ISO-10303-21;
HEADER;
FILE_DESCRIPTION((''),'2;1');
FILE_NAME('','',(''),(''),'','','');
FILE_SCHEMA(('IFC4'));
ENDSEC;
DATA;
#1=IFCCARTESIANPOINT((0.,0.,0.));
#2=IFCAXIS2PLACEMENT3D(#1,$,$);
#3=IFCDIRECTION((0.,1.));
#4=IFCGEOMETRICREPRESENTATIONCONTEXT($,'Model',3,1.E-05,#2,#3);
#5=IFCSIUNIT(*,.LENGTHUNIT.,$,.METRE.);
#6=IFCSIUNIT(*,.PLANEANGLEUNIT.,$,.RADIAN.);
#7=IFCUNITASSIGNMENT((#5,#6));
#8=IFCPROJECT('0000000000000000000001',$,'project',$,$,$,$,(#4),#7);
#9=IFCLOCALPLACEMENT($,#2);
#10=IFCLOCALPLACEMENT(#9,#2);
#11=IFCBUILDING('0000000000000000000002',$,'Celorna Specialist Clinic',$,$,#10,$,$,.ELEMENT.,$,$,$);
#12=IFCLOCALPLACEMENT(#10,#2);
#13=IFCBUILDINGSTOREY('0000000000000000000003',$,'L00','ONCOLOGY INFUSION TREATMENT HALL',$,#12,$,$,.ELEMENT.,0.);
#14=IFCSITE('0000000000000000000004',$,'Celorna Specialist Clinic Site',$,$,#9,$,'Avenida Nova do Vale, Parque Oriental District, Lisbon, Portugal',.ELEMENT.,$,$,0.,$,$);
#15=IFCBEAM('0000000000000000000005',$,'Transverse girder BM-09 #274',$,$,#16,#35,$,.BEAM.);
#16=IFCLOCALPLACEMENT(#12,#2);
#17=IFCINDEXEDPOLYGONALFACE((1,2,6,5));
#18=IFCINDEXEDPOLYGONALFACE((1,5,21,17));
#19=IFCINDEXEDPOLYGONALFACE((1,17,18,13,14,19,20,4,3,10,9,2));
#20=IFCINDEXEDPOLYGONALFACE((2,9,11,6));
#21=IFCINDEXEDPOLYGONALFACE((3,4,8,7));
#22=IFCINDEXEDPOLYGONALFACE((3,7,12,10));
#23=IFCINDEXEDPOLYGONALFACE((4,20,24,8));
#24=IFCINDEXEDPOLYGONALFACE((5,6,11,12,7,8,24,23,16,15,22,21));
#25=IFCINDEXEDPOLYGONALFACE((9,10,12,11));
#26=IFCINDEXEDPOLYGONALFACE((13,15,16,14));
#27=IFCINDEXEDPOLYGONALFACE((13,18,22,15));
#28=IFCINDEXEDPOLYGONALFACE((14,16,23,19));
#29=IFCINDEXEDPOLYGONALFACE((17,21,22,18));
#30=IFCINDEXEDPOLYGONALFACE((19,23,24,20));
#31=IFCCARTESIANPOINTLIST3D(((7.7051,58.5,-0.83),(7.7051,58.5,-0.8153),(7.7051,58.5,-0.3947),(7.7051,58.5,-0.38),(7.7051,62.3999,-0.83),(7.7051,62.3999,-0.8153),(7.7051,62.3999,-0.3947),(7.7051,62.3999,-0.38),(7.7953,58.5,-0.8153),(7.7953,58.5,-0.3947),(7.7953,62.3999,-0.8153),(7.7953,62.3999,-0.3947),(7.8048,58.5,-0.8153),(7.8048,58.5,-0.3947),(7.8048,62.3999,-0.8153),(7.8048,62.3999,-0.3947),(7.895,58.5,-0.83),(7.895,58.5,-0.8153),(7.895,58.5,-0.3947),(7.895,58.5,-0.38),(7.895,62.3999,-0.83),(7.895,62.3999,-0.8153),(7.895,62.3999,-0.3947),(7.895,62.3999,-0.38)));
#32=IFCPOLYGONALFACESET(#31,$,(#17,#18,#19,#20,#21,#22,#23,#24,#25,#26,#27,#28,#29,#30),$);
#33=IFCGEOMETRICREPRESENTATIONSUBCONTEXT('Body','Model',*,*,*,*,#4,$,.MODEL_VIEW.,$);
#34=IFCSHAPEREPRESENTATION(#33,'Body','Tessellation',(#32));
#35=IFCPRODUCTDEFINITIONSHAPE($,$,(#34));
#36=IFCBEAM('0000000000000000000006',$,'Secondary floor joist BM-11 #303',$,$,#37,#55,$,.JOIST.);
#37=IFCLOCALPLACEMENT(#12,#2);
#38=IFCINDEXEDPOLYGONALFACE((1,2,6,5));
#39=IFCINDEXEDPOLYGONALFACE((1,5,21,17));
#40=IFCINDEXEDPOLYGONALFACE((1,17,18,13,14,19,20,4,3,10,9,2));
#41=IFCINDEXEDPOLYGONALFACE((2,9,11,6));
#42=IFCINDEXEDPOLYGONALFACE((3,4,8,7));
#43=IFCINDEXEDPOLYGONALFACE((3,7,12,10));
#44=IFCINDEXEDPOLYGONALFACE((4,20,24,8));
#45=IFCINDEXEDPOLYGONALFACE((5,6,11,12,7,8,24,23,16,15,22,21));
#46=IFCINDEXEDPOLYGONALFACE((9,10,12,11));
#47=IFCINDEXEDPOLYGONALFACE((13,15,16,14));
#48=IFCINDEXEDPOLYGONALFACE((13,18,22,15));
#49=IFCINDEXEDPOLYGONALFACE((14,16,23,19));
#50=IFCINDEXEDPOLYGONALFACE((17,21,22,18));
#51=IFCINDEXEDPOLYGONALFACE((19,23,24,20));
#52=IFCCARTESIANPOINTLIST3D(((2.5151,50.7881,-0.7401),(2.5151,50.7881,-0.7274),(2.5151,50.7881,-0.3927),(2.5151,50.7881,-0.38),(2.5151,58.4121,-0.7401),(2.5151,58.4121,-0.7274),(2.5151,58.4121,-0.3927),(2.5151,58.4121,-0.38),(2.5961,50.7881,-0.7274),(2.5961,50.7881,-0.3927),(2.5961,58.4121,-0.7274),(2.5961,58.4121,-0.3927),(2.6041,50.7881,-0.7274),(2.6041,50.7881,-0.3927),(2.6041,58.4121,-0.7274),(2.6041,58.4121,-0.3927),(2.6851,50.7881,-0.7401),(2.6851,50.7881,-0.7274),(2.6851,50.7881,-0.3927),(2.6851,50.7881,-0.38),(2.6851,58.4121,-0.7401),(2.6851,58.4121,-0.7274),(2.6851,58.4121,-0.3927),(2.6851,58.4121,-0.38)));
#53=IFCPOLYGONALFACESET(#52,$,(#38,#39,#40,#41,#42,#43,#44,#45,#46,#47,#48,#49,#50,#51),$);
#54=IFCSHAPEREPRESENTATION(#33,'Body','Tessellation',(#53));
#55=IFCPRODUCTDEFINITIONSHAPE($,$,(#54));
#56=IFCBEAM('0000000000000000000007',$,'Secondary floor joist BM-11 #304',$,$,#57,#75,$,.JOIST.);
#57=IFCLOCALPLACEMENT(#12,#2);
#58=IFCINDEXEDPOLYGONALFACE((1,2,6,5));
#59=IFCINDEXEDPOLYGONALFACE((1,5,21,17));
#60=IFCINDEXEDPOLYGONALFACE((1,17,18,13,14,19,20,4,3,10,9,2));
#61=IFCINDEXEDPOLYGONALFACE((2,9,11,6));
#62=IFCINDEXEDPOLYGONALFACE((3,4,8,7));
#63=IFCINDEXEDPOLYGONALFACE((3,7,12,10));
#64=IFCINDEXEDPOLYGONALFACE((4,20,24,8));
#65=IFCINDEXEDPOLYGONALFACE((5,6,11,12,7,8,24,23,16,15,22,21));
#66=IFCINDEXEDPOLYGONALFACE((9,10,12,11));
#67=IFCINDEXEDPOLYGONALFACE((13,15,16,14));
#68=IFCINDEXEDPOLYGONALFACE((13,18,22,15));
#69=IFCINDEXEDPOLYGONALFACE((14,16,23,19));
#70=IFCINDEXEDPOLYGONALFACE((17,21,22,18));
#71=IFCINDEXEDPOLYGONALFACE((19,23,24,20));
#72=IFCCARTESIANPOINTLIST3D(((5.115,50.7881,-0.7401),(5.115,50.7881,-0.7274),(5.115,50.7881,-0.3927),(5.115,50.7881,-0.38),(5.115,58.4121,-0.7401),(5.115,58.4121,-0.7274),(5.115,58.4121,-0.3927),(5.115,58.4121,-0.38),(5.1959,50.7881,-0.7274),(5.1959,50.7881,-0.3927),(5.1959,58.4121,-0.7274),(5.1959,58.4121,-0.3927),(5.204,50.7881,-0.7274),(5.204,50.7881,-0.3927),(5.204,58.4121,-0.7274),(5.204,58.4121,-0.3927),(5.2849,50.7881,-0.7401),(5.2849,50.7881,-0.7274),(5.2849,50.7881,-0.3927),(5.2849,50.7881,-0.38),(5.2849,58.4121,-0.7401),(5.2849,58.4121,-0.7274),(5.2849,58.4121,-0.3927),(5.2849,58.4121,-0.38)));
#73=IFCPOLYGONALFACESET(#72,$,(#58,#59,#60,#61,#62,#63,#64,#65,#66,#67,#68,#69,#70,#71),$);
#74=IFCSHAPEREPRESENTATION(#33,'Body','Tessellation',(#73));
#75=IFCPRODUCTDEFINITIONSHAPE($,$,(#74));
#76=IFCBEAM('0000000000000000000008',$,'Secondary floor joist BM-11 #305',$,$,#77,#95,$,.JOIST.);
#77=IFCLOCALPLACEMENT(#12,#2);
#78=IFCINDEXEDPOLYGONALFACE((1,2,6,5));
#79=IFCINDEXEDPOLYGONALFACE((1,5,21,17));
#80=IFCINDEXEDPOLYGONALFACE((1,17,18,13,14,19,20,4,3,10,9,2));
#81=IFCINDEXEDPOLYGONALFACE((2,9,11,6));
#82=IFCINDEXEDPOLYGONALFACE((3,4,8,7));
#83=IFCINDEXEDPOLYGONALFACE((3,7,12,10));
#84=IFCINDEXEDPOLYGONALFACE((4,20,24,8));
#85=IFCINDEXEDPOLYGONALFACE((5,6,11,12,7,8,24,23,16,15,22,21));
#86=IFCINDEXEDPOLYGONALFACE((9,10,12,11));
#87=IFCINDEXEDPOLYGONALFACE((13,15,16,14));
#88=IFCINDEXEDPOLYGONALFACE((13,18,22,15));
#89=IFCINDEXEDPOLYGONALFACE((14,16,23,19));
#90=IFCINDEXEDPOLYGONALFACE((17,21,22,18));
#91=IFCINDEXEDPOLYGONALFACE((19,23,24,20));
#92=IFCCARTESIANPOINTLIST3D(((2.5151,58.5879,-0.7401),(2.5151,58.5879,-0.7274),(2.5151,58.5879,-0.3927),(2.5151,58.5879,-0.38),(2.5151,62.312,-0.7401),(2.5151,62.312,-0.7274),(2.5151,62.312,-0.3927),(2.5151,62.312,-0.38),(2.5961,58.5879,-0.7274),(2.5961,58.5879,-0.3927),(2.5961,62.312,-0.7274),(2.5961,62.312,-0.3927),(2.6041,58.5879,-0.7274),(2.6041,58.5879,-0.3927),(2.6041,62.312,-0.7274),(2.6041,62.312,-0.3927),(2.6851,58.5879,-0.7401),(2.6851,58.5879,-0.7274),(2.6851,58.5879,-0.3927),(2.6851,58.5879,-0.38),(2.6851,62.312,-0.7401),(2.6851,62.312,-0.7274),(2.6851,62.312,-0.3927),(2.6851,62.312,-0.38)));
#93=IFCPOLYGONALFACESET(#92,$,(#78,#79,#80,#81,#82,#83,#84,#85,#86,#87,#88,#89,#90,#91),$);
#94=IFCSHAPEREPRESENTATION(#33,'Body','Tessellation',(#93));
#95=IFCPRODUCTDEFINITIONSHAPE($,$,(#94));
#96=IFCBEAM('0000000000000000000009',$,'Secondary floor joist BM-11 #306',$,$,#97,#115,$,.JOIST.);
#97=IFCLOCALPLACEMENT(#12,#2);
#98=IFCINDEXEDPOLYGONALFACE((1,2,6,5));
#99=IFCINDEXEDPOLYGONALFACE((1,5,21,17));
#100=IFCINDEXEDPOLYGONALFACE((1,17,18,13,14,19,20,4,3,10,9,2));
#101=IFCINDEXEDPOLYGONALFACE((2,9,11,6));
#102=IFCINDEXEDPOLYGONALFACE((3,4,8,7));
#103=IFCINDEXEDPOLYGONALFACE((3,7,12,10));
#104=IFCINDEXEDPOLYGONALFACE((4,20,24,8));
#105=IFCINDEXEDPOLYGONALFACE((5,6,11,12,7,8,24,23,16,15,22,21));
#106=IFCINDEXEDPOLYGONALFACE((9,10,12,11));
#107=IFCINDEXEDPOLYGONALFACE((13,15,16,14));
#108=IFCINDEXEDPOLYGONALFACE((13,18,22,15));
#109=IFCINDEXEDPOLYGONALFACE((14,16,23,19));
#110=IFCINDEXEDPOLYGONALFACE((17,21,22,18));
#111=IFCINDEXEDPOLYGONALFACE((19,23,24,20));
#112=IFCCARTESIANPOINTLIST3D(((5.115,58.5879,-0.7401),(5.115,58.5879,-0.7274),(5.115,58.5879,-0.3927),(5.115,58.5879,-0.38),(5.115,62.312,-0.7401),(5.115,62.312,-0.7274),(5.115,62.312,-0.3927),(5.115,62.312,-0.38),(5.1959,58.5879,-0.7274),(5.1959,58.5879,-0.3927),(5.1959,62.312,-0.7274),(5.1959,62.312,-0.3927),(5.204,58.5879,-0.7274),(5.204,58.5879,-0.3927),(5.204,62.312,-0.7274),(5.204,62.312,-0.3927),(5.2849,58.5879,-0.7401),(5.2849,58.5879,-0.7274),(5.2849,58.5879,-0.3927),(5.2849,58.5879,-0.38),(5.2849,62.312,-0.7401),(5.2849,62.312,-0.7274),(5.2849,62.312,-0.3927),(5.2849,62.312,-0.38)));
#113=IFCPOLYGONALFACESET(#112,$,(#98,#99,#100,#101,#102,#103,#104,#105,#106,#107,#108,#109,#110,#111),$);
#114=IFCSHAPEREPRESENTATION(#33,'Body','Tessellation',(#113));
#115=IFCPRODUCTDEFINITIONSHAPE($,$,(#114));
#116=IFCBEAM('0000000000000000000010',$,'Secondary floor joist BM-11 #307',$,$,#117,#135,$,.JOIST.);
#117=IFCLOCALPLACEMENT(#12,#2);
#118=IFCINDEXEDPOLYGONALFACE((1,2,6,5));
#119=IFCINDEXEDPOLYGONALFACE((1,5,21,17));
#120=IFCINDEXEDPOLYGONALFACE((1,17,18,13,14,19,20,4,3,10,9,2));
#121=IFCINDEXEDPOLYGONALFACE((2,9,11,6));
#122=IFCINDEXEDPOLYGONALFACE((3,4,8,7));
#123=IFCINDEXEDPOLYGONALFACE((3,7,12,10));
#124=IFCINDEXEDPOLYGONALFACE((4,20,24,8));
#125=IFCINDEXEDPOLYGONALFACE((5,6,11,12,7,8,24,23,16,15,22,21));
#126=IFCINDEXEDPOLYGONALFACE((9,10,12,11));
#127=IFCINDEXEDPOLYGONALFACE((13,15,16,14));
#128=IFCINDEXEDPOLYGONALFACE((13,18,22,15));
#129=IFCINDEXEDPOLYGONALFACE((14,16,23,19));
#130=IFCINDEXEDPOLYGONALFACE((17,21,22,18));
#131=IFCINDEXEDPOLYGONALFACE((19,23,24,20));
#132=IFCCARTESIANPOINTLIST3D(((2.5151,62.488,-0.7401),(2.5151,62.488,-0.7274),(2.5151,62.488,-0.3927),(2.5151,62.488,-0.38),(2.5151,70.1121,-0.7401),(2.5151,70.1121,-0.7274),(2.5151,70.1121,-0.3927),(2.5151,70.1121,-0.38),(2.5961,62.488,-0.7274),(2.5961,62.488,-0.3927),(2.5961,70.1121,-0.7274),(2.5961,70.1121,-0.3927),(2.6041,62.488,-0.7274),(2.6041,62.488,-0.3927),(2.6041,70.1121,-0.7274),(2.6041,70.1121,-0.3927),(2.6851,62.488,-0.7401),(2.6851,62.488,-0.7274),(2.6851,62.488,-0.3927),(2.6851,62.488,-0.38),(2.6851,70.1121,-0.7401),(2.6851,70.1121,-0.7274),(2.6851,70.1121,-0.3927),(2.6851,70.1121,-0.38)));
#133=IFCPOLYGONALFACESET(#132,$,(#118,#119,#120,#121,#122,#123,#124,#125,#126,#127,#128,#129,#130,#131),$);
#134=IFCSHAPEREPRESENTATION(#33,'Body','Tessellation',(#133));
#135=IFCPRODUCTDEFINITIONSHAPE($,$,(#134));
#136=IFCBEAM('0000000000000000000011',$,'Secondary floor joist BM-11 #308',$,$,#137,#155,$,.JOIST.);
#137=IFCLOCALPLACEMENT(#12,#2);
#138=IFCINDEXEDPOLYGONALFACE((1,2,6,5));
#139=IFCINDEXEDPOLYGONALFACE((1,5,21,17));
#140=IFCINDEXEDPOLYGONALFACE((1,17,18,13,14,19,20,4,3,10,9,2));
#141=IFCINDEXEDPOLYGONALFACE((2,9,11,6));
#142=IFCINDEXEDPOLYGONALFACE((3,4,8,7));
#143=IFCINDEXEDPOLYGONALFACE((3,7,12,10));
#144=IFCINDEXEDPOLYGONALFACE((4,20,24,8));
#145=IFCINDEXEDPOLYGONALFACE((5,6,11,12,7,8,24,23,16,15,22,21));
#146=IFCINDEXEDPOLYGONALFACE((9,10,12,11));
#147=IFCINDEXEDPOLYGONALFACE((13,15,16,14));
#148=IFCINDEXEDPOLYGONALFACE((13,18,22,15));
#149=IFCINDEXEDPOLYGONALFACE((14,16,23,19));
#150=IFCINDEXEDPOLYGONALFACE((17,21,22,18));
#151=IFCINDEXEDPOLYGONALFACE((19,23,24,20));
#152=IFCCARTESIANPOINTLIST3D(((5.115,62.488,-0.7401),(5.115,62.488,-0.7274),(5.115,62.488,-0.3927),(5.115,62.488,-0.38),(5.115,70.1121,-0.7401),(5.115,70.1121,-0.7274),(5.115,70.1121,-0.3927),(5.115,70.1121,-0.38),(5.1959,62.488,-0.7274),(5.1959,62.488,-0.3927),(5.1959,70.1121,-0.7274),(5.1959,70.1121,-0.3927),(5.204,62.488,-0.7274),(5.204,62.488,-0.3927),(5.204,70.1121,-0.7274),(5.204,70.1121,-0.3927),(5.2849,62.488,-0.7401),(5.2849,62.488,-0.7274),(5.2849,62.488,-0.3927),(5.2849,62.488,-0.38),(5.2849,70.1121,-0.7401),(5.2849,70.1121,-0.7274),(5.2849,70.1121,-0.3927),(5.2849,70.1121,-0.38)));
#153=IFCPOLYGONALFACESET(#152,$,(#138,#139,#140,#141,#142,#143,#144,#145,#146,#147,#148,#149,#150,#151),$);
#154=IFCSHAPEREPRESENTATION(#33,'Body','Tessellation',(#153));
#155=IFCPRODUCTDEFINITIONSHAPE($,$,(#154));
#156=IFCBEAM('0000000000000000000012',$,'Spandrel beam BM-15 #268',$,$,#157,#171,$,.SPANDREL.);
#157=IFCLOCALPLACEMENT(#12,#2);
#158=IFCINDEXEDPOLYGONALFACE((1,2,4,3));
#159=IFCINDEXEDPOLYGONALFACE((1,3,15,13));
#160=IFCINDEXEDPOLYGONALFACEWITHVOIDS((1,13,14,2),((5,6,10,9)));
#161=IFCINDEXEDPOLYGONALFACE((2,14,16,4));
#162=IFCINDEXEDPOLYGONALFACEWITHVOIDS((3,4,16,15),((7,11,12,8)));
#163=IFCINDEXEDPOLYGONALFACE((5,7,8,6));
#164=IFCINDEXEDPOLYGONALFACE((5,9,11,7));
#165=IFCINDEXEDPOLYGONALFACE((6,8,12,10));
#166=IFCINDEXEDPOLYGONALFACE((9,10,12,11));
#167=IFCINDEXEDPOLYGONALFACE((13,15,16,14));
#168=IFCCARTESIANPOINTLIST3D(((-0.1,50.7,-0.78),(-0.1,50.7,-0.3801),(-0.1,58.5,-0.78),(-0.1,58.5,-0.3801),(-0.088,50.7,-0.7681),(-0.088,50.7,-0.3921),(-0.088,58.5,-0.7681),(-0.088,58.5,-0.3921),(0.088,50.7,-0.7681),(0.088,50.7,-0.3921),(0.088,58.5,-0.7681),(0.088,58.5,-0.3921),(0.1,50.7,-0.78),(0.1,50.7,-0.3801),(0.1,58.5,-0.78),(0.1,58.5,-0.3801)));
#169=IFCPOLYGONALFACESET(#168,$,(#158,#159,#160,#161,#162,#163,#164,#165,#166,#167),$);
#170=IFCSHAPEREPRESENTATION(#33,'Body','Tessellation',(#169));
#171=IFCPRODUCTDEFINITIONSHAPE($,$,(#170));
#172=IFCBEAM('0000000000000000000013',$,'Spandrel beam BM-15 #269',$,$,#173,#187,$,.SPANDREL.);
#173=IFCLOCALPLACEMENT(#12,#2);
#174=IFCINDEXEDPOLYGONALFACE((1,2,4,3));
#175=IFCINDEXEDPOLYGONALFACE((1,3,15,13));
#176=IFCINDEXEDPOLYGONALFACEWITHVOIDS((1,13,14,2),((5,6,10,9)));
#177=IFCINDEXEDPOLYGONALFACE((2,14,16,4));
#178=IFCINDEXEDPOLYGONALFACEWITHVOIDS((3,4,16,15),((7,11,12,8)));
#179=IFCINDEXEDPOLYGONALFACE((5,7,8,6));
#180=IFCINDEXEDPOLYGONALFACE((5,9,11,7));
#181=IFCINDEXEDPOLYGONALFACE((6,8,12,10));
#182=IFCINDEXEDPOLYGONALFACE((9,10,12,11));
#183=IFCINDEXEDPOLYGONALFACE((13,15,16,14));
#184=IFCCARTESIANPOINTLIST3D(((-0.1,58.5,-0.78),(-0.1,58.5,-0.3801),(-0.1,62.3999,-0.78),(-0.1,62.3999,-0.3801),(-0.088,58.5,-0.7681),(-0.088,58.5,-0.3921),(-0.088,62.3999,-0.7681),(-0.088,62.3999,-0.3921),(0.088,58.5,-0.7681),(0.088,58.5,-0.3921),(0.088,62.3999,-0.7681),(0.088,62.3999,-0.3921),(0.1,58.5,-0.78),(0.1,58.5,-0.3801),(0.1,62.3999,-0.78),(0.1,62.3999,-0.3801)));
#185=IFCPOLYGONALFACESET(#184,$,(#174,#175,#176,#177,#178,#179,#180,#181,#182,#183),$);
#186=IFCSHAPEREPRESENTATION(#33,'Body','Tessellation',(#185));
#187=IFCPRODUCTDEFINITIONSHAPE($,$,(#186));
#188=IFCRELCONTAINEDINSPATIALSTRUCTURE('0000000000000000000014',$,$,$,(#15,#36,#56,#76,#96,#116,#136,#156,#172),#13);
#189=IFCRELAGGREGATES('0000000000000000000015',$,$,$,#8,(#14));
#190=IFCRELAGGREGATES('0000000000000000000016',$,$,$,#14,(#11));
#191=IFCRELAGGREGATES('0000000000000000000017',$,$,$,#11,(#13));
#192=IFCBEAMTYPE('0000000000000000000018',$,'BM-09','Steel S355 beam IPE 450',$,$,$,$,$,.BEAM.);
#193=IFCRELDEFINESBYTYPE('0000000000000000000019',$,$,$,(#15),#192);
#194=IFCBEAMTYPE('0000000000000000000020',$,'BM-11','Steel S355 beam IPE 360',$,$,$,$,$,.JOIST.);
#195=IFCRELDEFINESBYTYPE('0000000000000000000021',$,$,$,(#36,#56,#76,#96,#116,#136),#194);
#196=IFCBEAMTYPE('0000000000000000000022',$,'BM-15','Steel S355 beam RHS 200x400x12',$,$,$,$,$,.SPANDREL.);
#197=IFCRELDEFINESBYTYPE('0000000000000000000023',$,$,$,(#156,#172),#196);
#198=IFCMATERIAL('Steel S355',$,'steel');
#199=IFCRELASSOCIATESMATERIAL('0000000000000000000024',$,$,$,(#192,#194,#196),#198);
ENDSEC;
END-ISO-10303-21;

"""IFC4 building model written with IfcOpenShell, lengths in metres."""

from ifc_helpers import new_model, si_unit, direction, frame, origin, origin_2d, place, context, subcontext, project, spatial, hollow_rectangle, i_section, extrude, material, material_profile, profile_set, type_object, element, save


model = new_model("IFC4")

# Units and contexts
model_context = context("Model", 3, precision=1e-05, world=origin(), true_north=direction((0.0, 1.0)))
body_context = subcontext(model_context, "Body", "Model", "MODEL_VIEW")
ifc_project = project(units=[si_unit("LENGTHUNIT", "METRE"), si_unit("PLANEANGLEUNIT", "RADIAN")], contexts=[model_context])

# Site, building, storey
site_placement = place(None, origin())
site = spatial("IfcSite", under=ifc_project, at=site_placement, Name="Celorna Specialist Clinic Site", LongName="Avenida Nova do Vale, Parque Oriental District, Lisbon, Portugal", CompositionType="ELEMENT", RefElevation=0.0)
building_placement = place(site_placement, origin())
building = spatial("IfcBuilding", under=site, at=building_placement, Name="Celorna Specialist Clinic", CompositionType="ELEMENT")
storey_placement = place(building_placement, origin())
storey = spatial("IfcBuildingStorey", under=building, at=storey_placement, Name="L00", Description="ONCOLOGY INFUSION TREATMENT HALL", CompositionType="ELEMENT", Elevation=0.0)

# Beams
ifc_material_1 = material(Name="Steel S355", Category="steel")
ifc_material_profile_1 = material_profile(ifc_material_1, i_section(OverallWidth=0.1899, OverallDepth=0.45, WebThickness=0.0095, FlangeThickness=0.0146, at=origin_2d()), Name="IPE 450")
ifc_profile_set_1 = profile_set([ifc_material_profile_1], Name="Steel S355")
beam_type_1 = type_object("IfcBeamType", Name="BM-09", Description="Steel S355 beam IPE 450", PredefinedType="BEAM", material=ifc_profile_set_1)
beam_1_placement = place(storey_placement, frame((7.8, 58.5, -0.605), z_axis=(0.0, 1.0, 0.0), x_axis=(-1.0, 0.0, 0.0)))
element("IfcBeam", 1, at=beam_1_placement, inside=storey, type_object=beam_type_1, Name="Transverse girder BM-09 #274", PredefinedType="BEAM", context=body_context, shape_type="SweptSolid", body=[
    extrude(i_section(OverallWidth=0.1899, OverallDepth=0.45, WebThickness=0.0095, FlangeThickness=0.0146, at=origin_2d()), origin(), (0.0, 0.0, 1.0), 3.8999),
])
ifc_material_profile_2 = material_profile(ifc_material_1, i_section(OverallWidth=0.1699, OverallDepth=0.3601, WebThickness=0.0081, FlangeThickness=0.0127, at=origin_2d()), Name="IPE 360")
ifc_profile_set_2 = profile_set([ifc_material_profile_2], Name="Steel S355")
beam_type_2 = type_object("IfcBeamType", Name="BM-11", Description="Steel S355 beam IPE 360", PredefinedType="JOIST", material=ifc_profile_set_2)
for number, where, z_axis, x_axis, name in (
    (2, (2.6001, 50.7881, -0.5601), (0.0, 1.0, 0.0), (-1.0, 0.0, 0.0), "Secondary floor joist BM-11 #303"),
    (3, (5.2, 50.7881, -0.5601), (0.0, 1.0, 0.0), (-1.0, 0.0, 0.0), "Secondary floor joist BM-11 #304"),
):
    element("IfcBeam", number, at=place(storey_placement, frame(where, z_axis=z_axis, x_axis=x_axis)), inside=storey, type_object=beam_type_2, Name=name, PredefinedType="JOIST", context=body_context, shape_type="SweptSolid", body=[
        extrude(i_section(OverallWidth=0.1699, OverallDepth=0.3601, WebThickness=0.0081, FlangeThickness=0.0127, at=origin_2d()), origin(), (0.0, 0.0, 1.0), 7.624),
    ])
for number, where, z_axis, x_axis, name in (
    (4, (2.6001, 58.5879, -0.5601), (0.0, 1.0, 0.0), (-1.0, 0.0, 0.0), "Secondary floor joist BM-11 #305"),
    (5, (5.2, 58.5879, -0.5601), (0.0, 1.0, 0.0), (-1.0, 0.0, 0.0), "Secondary floor joist BM-11 #306"),
):
    element("IfcBeam", number, at=place(storey_placement, frame(where, z_axis=z_axis, x_axis=x_axis)), inside=storey, type_object=beam_type_2, Name=name, PredefinedType="JOIST", context=body_context, shape_type="SweptSolid", body=[
        extrude(i_section(OverallWidth=0.1699, OverallDepth=0.3601, WebThickness=0.0081, FlangeThickness=0.0127, at=origin_2d()), origin(), (0.0, 0.0, 1.0), 3.7241),
    ])
for number, where, z_axis, x_axis, name in (
    (6, (2.6001, 62.488, -0.5601), (0.0, 1.0, 0.0), (-1.0, 0.0, 0.0), "Secondary floor joist BM-11 #307"),
    (7, (5.2, 62.488, -0.5601), (0.0, 1.0, 0.0), (-1.0, 0.0, 0.0), "Secondary floor joist BM-11 #308"),
):
    element("IfcBeam", number, at=place(storey_placement, frame(where, z_axis=z_axis, x_axis=x_axis)), inside=storey, type_object=beam_type_2, Name=name, PredefinedType="JOIST", context=body_context, shape_type="SweptSolid", body=[
        extrude(i_section(OverallWidth=0.1699, OverallDepth=0.3601, WebThickness=0.0081, FlangeThickness=0.0127, at=origin_2d()), origin(), (0.0, 0.0, 1.0), 7.624),
    ])
ifc_material_profile_3 = material_profile(ifc_material_1, hollow_rectangle(XDim=0.2, YDim=0.3999, WallThickness=0.012, at=origin_2d()), Name="RHS 200x400x12")
ifc_profile_set_3 = profile_set([ifc_material_profile_3], Name="Steel S355")
beam_type_3 = type_object("IfcBeamType", Name="BM-15", Description="Steel S355 beam RHS 200x400x12", PredefinedType="SPANDREL", material=ifc_profile_set_3)
beam_2_placement = place(storey_placement, frame((0.0, 50.7, -0.5801), z_axis=(0.0, 1.0, 0.0), x_axis=(-1.0, 0.0, 0.0)))
element("IfcBeam", 8, at=beam_2_placement, inside=storey, type_object=beam_type_3, Name="Spandrel beam BM-15 #268", PredefinedType="SPANDREL", context=body_context, shape_type="SweptSolid", body=[
    extrude(hollow_rectangle(XDim=0.2, YDim=0.3999, WallThickness=0.012, at=origin_2d()), origin(), (0.0, 0.0, 1.0), 7.8),
])
beam_3_placement = place(storey_placement, frame((0.0, 58.5, -0.5801), z_axis=(0.0, 1.0, 0.0), x_axis=(-1.0, 0.0, 0.0)))
element("IfcBeam", 9, at=beam_3_placement, inside=storey, type_object=beam_type_3, Name="Spandrel beam BM-15 #269", PredefinedType="SPANDREL", context=body_context, shape_type="SweptSolid", body=[
    extrude(hollow_rectangle(XDim=0.2, YDim=0.3999, WallThickness=0.012, at=origin_2d()), origin(), (0.0, 0.0, 1.0), 3.8999),
])

save(model, "model.ifc")
